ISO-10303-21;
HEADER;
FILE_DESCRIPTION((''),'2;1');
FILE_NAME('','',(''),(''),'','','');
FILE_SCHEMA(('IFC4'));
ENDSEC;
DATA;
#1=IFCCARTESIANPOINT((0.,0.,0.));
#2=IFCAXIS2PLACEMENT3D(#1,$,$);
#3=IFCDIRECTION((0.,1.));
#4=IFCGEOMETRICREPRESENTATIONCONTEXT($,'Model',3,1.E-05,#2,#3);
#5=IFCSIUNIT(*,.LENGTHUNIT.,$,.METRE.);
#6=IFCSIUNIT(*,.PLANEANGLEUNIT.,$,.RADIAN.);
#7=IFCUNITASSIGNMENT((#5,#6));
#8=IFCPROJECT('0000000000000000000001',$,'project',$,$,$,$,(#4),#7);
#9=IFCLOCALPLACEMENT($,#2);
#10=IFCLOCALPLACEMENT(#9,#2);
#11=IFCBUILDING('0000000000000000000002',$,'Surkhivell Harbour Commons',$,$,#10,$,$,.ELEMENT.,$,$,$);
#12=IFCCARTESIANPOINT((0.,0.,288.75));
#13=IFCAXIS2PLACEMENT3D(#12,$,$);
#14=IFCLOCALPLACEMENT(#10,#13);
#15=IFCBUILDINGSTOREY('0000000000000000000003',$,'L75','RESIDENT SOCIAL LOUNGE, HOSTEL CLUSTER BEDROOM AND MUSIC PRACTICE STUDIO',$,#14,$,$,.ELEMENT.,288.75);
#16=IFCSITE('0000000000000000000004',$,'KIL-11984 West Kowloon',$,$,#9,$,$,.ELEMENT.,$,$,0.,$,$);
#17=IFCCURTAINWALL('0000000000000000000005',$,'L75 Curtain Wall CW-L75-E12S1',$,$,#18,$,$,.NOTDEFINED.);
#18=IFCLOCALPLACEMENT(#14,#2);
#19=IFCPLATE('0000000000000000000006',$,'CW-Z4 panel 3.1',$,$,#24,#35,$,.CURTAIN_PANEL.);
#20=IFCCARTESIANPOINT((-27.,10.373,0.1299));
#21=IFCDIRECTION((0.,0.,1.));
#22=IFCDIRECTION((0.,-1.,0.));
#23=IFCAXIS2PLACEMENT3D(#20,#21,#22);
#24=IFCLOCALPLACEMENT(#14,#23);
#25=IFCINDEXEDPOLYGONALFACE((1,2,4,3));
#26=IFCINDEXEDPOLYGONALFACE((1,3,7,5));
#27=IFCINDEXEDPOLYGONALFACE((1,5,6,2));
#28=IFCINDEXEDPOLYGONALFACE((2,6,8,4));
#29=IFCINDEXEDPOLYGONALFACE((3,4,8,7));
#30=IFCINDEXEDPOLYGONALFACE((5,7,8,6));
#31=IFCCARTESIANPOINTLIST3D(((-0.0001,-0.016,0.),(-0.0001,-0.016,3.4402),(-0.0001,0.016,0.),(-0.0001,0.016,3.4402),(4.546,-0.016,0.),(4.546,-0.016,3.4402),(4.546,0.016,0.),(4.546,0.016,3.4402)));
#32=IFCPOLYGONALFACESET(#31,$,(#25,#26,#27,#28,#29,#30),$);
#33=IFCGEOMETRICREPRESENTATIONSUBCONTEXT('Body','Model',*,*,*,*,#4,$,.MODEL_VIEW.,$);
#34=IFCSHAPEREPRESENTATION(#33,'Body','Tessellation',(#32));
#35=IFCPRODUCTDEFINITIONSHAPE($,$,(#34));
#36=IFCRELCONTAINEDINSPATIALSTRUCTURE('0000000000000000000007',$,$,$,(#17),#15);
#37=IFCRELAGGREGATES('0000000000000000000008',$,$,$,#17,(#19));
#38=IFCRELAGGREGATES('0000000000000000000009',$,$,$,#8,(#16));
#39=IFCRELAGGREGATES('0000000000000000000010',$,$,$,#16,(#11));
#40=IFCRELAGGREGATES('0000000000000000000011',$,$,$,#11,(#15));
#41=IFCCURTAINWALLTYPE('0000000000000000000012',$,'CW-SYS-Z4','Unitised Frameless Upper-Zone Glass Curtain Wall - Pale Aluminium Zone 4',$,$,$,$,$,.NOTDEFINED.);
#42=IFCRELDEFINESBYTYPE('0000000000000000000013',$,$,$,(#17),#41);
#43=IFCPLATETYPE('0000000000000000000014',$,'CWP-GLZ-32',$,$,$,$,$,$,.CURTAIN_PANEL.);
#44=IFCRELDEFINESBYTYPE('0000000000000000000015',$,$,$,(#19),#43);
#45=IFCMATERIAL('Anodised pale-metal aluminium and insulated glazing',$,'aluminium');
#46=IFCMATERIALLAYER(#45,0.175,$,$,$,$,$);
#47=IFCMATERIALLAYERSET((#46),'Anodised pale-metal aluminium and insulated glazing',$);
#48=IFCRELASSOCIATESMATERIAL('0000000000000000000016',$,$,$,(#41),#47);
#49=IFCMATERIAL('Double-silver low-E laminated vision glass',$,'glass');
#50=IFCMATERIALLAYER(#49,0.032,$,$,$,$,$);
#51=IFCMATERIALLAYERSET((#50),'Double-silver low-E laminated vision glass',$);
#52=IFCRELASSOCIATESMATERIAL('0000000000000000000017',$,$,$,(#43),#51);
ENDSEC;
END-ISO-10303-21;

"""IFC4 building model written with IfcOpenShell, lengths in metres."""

from ifc_helpers import new_model, si_unit, direction, frame, frame_2d, origin, place, context, subcontext, project, spatial, rectangle, extrude, material, layer, layer_set, type_object, element, aggregate, save


model = new_model("IFC4")

# Units and contexts
model_context = context("Model", 3, precision=1e-05, world=origin(), true_north=direction((0.0, 1.0)))
body_context = subcontext(model_context, "Body", "Model", "MODEL_VIEW")
ifc_project = project(units=[si_unit("LENGTHUNIT", "METRE"), si_unit("PLANEANGLEUNIT", "RADIAN")], contexts=[model_context])

# Site, building, storey
site_placement = place(None, origin())
site = spatial("IfcSite", under=ifc_project, at=site_placement, Name="KIL-11984 West Kowloon", CompositionType="ELEMENT", RefElevation=0.0)
building_placement = place(site_placement, origin())
building = spatial("IfcBuilding", under=site, at=building_placement, Name="Surkhivell Harbour Commons", CompositionType="ELEMENT")
storey_placement = place(building_placement, frame((0.0, 0.0, 288.75)))
storey = spatial("IfcBuildingStorey", under=building, at=storey_placement, Name="L75", Description="RESIDENT SOCIAL LOUNGE, HOSTEL CLUSTER BEDROOM AND MUSIC PRACTICE STUDIO", CompositionType="ELEMENT", Elevation=288.75)

# Curtain wall, plate
ifc_material_1 = material(Name="Anodised pale-metal aluminium and insulated glazing", Category="aluminium")
ifc_layer_1 = layer(ifc_material_1, 0.175)
ifc_layer_set_1 = layer_set([ifc_layer_1], Name="Anodised pale-metal aluminium and insulated glazing")
curtain_wall_type = type_object("IfcCurtainWallType", Name="CW-SYS-Z4", Description="Unitised Frameless Upper-Zone Glass Curtain Wall - Pale Aluminium Zone 4", PredefinedType="NOTDEFINED", material=ifc_layer_set_1)
curtain_wall_placement = place(storey_placement, origin())
curtain_wall = element("IfcCurtainWall", 1, at=curtain_wall_placement, inside=storey, type_object=curtain_wall_type, Name="L75 Curtain Wall CW-L75-E12S1", PredefinedType="NOTDEFINED")
ifc_material_2 = material(Name="Double-silver low-E laminated vision glass", Category="glass")
ifc_layer_2 = layer(ifc_material_2, 0.032)
ifc_layer_set_2 = layer_set([ifc_layer_2], Name="Double-silver low-E laminated vision glass")
plate_type = type_object("IfcPlateType", Name="CWP-GLZ-32", PredefinedType="CURTAIN_PANEL", material=ifc_layer_set_2)
plate_1_placement = place(storey_placement, frame((-27.0, 10.373, 0.1299), z_axis=(0.0, 0.0, 1.0), x_axis=(0.0, -1.0, 0.0)))
plate_1 = element("IfcPlate", 2, at=plate_1_placement, type_object=plate_type, Name="CW-Z4 panel 3.1", PredefinedType="CURTAIN_PANEL", context=body_context, shape_type="SweptSolid", body=[
    extrude(rectangle(XDim=4.5461, YDim=0.032, at=frame_2d((2.2729, 0.0))), origin(), (0.0, 0.0, 1.0), 3.4402),
])
aggregate(curtain_wall, [plate_1])

save(model, "model.ifc")
